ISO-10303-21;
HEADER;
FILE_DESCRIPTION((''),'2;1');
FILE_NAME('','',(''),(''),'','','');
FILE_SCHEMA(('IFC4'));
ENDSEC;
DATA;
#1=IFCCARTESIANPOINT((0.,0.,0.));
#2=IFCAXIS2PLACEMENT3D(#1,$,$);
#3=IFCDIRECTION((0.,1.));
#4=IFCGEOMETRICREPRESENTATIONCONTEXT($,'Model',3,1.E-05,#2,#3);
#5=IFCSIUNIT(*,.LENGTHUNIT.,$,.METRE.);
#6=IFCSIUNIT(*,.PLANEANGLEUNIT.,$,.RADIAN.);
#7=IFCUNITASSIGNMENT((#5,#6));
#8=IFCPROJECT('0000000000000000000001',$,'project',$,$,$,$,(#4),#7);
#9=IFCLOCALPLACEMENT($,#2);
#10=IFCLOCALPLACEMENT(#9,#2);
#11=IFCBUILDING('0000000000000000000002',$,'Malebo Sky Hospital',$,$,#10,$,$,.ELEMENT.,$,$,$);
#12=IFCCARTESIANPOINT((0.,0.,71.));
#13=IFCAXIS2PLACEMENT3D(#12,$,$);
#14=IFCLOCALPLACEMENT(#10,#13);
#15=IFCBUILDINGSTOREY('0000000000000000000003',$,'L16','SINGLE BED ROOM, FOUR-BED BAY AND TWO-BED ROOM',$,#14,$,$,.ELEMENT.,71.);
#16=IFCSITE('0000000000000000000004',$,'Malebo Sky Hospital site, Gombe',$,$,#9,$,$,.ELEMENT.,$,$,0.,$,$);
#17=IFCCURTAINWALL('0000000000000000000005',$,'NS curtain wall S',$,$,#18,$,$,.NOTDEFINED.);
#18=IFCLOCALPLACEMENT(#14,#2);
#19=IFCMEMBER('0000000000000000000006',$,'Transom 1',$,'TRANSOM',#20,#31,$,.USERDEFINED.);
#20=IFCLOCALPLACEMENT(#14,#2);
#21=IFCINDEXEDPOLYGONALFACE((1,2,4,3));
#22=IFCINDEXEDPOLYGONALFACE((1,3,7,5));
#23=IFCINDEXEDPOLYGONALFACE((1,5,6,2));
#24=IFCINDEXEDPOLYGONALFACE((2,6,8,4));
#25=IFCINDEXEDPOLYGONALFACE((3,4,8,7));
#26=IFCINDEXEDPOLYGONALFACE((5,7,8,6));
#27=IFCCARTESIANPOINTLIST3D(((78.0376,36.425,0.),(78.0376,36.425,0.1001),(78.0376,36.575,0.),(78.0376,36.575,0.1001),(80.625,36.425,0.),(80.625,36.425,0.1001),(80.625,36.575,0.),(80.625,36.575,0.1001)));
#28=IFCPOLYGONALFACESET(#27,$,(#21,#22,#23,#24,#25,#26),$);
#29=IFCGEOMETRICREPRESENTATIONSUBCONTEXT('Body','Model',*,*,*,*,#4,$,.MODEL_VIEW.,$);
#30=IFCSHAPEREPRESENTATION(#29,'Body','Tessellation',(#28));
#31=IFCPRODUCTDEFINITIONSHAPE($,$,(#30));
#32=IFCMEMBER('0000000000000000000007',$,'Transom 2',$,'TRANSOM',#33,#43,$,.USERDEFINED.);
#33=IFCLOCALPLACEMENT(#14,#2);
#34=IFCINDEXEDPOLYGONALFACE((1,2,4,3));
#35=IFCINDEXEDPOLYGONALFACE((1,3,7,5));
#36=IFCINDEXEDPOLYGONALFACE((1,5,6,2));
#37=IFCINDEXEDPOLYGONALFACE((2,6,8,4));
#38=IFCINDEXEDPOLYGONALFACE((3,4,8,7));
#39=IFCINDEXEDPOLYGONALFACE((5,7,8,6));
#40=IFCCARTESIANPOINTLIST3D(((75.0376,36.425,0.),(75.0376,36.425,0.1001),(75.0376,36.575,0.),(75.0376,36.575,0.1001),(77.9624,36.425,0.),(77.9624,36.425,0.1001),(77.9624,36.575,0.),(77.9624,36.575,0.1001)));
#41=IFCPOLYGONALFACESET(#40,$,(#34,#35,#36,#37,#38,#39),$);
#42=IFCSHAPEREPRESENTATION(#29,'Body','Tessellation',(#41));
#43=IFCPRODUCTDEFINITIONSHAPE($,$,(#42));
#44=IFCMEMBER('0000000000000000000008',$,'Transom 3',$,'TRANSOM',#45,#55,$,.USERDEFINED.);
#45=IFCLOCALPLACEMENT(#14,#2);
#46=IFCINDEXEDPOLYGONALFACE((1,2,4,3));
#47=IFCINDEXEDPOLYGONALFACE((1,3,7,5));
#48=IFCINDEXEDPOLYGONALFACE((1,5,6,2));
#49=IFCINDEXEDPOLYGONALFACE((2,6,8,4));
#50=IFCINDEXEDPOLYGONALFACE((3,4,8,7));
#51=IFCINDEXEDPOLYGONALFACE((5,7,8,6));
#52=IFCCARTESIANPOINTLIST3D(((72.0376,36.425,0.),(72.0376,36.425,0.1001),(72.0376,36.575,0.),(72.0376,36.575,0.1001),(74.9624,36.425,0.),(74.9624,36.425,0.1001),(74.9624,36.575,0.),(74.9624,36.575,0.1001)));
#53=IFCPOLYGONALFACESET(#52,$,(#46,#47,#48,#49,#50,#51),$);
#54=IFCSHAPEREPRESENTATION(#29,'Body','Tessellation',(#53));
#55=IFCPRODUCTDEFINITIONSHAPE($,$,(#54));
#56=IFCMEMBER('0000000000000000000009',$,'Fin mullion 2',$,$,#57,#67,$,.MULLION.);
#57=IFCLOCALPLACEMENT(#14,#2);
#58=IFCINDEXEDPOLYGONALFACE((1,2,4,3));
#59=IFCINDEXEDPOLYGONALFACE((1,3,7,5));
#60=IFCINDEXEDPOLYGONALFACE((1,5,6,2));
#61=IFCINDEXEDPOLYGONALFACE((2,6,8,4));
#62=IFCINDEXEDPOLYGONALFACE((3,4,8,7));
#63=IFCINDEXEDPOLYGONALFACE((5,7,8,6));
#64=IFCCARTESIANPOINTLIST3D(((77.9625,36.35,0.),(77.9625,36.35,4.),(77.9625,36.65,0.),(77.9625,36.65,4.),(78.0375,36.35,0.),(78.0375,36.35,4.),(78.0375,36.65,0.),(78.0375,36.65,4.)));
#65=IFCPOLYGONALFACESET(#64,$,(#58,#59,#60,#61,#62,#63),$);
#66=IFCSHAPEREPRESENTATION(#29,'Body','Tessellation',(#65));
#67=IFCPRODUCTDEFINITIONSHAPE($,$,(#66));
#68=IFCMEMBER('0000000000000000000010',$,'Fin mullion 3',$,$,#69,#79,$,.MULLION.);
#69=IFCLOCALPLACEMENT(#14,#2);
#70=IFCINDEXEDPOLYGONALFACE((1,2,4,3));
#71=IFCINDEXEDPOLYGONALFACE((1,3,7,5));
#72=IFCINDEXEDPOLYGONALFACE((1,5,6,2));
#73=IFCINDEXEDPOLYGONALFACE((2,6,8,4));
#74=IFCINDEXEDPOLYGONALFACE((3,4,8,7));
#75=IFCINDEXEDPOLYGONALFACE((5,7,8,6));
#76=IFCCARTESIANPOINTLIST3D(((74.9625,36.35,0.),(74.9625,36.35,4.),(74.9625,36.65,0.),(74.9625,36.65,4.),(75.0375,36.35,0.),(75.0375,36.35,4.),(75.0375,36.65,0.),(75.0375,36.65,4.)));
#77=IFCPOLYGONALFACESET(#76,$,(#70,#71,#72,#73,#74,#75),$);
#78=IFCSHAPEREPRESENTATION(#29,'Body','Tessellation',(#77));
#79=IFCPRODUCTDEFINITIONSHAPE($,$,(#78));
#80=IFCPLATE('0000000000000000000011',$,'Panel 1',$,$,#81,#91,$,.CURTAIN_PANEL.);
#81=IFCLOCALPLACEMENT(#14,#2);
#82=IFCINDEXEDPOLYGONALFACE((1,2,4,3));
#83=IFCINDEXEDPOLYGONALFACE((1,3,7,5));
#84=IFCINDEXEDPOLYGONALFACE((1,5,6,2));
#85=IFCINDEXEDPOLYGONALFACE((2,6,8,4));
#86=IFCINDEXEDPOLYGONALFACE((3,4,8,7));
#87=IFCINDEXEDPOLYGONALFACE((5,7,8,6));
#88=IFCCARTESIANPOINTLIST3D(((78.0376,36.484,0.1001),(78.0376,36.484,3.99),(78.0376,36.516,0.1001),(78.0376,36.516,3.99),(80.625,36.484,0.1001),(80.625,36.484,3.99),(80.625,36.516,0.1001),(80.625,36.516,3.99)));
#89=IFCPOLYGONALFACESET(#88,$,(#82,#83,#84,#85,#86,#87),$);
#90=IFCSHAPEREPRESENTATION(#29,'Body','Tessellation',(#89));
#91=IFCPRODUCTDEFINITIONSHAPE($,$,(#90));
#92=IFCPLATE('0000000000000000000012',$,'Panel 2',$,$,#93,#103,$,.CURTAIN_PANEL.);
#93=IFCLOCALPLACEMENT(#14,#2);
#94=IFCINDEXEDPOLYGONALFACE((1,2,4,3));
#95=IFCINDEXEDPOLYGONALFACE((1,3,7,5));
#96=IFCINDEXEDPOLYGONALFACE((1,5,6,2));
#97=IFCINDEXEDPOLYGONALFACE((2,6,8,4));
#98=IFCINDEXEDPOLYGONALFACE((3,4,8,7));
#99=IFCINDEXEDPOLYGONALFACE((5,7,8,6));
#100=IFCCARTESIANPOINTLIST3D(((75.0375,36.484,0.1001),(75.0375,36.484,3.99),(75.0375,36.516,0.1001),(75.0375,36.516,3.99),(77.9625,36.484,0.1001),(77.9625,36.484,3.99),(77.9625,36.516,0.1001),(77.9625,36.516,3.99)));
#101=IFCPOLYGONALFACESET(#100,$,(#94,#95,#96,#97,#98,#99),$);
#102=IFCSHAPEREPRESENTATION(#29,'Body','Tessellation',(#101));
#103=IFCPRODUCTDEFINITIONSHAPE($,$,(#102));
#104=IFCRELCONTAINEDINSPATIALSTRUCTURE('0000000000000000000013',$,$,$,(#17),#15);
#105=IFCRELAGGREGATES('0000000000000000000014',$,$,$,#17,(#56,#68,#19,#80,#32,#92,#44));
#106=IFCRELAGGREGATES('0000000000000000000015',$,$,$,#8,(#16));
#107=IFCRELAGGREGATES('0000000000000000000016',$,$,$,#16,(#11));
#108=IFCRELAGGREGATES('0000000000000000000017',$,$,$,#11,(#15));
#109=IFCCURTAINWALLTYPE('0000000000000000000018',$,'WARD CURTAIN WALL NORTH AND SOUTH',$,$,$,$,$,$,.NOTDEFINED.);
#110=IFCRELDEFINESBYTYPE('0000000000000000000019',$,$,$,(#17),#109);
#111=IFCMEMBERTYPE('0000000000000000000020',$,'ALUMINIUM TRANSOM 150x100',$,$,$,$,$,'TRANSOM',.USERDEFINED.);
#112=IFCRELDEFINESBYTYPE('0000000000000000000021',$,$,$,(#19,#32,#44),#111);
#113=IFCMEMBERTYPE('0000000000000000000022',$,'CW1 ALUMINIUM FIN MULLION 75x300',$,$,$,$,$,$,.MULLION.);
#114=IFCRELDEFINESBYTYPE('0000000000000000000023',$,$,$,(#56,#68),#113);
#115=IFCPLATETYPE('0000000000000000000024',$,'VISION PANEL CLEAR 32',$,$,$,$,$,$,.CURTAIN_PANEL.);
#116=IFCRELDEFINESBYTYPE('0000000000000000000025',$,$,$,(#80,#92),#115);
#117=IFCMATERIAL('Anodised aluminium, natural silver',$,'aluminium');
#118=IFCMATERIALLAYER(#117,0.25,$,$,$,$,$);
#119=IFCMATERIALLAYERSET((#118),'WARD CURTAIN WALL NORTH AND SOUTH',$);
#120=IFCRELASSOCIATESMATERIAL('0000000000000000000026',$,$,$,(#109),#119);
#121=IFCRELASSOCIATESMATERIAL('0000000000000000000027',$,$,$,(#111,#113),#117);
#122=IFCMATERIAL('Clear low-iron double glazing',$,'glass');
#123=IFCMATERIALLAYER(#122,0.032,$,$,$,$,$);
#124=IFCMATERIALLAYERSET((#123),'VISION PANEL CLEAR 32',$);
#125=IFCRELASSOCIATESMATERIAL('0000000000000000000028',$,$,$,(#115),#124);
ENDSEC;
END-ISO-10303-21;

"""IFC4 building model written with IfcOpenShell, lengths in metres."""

from ifc_helpers import new_model, si_unit, direction, frame, origin, origin_2d, place, context, subcontext, project, spatial, rectangle, extrude, material, layer, layer_set, material_profile, profile_set, type_object, element, aggregate, save


model = new_model("IFC4")

# Units and contexts
model_context = context("Model", 3, precision=1e-05, world=origin(), true_north=direction((0.0, 1.0)))
body_context = subcontext(model_context, "Body", "Model", "MODEL_VIEW")
ifc_project = project(units=[si_unit("LENGTHUNIT", "METRE"), si_unit("PLANEANGLEUNIT", "RADIAN")], contexts=[model_context])

# Site, building, storey
site_placement = place(None, origin())
site = spatial("IfcSite", under=ifc_project, at=site_placement, Name="Malebo Sky Hospital site, Gombe", CompositionType="ELEMENT", RefElevation=0.0)
building_placement = place(site_placement, origin())
building = spatial("IfcBuilding", under=site, at=building_placement, Name="Malebo Sky Hospital", CompositionType="ELEMENT")
storey_placement = place(building_placement, frame((0.0, 0.0, 71.0)))
storey = spatial("IfcBuildingStorey", under=building, at=storey_placement, Name="L16", Description="SINGLE BED ROOM, FOUR-BED BAY AND TWO-BED ROOM", CompositionType="ELEMENT", Elevation=71.0)

# Curtain wall, members, plates
ifc_material_1 = material(Name="Anodised aluminium, natural silver", Category="aluminium")
ifc_layer_1 = layer(ifc_material_1, 0.25)
ifc_layer_set_1 = layer_set([ifc_layer_1], Name="WARD CURTAIN WALL NORTH AND SOUTH")
curtain_wall_type = type_object("IfcCurtainWallType", Name="WARD CURTAIN WALL NORTH AND SOUTH", PredefinedType="NOTDEFINED", material=ifc_layer_set_1)
curtain_wall_placement = place(storey_placement, origin())
curtain_wall = element("IfcCurtainWall", 1, at=curtain_wall_placement, inside=storey, type_object=curtain_wall_type, Name="NS curtain wall S", PredefinedType="NOTDEFINED")
ifc_material_profile_1 = material_profile(ifc_material_1, rectangle(XDim=0.1499, YDim=0.1001, at=origin_2d()), Name="ALUMINIUM TRANSOM 150x100")
ifc_profile_set_1 = profile_set([ifc_material_profile_1], Name="Anodised aluminium, natural silver")
member_type_1 = type_object("IfcMemberType", Name="ALUMINIUM TRANSOM 150x100", ElementType="TRANSOM", PredefinedType="USERDEFINED", material=ifc_profile_set_1)
member_1_placement = place(storey_placement, frame((80.625, 36.5, 0.05), z_axis=(-1.0, 0.0, 0.0), x_axis=(0.0, -1.0, 0.0)))
member_1 = element("IfcMember", 2, at=member_1_placement, type_object=member_type_1, Name="Transom 1", ObjectType="TRANSOM", PredefinedType="USERDEFINED", context=body_context, shape_type="SweptSolid", body=[
    extrude(rectangle(XDim=0.1499, YDim=0.1001, at=origin_2d()), origin(), (0.0, 0.0, 1.0), 2.5874),
])
member_2_placement = place(storey_placement, frame((77.9624, 36.5, 0.05), z_axis=(-1.0, 0.0, 0.0), x_axis=(0.0, -1.0, 0.0)))
member_2 = element("IfcMember", 3, at=member_2_placement, type_object=member_type_1, Name="Transom 2", ObjectType="TRANSOM", PredefinedType="USERDEFINED", context=body_context, shape_type="SweptSolid", body=[
    extrude(rectangle(XDim=0.1499, YDim=0.1001, at=origin_2d()), origin(), (0.0, 0.0, 1.0), 2.9248),
])
member_3_placement = place(storey_placement, frame((74.9624, 36.5, 0.05), z_axis=(-1.0, 0.0, 0.0), x_axis=(0.0, -1.0, 0.0)))
member_3 = element("IfcMember", 4, at=member_3_placement, type_object=member_type_1, Name="Transom 3", ObjectType="TRANSOM", PredefinedType="USERDEFINED", context=body_context, shape_type="SweptSolid", body=[
    extrude(rectangle(XDim=0.1499, YDim=0.1001, at=origin_2d()), origin(), (0.0, 0.0, 1.0), 2.9248),
])
ifc_material_profile_2 = material_profile(ifc_material_1, rectangle(XDim=0.075, YDim=0.3, at=origin_2d()), Name="CW1 ALUMINIUM FIN MULLION 75x300")
ifc_profile_set_2 = profile_set([ifc_material_profile_2], Name="Anodised aluminium, natural silver")
member_type_2 = type_object("IfcMemberType", Name="CW1 ALUMINIUM FIN MULLION 75x300", PredefinedType="MULLION", material=ifc_profile_set_2)
member_4_placement = place(storey_placement, frame((78.0, 36.5, 0.0), z_axis=(0.0, 0.0, 1.0), x_axis=(-1.0, 0.0, 0.0)))
member_4 = element("IfcMember", 5, at=member_4_placement, type_object=member_type_2, Name="Fin mullion 2", PredefinedType="MULLION", context=body_context, shape_type="SweptSolid", body=[
    extrude(rectangle(XDim=0.075, YDim=0.3, at=origin_2d()), origin(), (0.0, 0.0, 1.0), 4.0),
])
member_5_placement = place(storey_placement, frame((75.0, 36.5, 0.0), z_axis=(0.0, 0.0, 1.0), x_axis=(-1.0, 0.0, 0.0)))
member_5 = element("IfcMember", 6, at=member_5_placement, type_object=member_type_2, Name="Fin mullion 3", PredefinedType="MULLION", context=body_context, shape_type="SweptSolid", body=[
    extrude(rectangle(XDim=0.075, YDim=0.3, at=origin_2d()), origin(), (0.0, 0.0, 1.0), 4.0),
])
ifc_material_2 = material(Name="Clear low-iron double glazing", Category="glass")
ifc_layer_2 = layer(ifc_material_2, 0.032)
ifc_layer_set_2 = layer_set([ifc_layer_2], Name="VISION PANEL CLEAR 32")
plate_type = type_object("IfcPlateType", Name="VISION PANEL CLEAR 32", PredefinedType="CURTAIN_PANEL", material=ifc_layer_set_2)
plate_1_placement = place(storey_placement, frame((79.3313, 36.5, 0.1001), z_axis=(0.0, 0.0, 1.0), x_axis=(-1.0, 0.0, 0.0)))
plate_1 = element("IfcPlate", 7, at=plate_1_placement, type_object=plate_type, Name="Panel 1", PredefinedType="CURTAIN_PANEL", context=body_context, shape_type="SweptSolid", body=[
    extrude(rectangle(XDim=2.5874, YDim=0.032, at=origin_2d()), origin(), (0.0, 0.0, 1.0), 3.8899),
])
plate_2_placement = place(storey_placement, frame((76.5, 36.5, 0.1001), z_axis=(0.0, 0.0, 1.0), x_axis=(-1.0, 0.0, 0.0)))
plate_2 = element("IfcPlate", 8, at=plate_2_placement, type_object=plate_type, Name="Panel 2", PredefinedType="CURTAIN_PANEL", context=body_context, shape_type="SweptSolid", body=[
    extrude(rectangle(XDim=2.925, YDim=0.032, at=origin_2d()), origin(), (0.0, 0.0, 1.0), 3.8899),
])
aggregate(curtain_wall, [member_4, member_5, member_1, plate_1, member_2, plate_2, member_3])

save(model, "model.ifc")
